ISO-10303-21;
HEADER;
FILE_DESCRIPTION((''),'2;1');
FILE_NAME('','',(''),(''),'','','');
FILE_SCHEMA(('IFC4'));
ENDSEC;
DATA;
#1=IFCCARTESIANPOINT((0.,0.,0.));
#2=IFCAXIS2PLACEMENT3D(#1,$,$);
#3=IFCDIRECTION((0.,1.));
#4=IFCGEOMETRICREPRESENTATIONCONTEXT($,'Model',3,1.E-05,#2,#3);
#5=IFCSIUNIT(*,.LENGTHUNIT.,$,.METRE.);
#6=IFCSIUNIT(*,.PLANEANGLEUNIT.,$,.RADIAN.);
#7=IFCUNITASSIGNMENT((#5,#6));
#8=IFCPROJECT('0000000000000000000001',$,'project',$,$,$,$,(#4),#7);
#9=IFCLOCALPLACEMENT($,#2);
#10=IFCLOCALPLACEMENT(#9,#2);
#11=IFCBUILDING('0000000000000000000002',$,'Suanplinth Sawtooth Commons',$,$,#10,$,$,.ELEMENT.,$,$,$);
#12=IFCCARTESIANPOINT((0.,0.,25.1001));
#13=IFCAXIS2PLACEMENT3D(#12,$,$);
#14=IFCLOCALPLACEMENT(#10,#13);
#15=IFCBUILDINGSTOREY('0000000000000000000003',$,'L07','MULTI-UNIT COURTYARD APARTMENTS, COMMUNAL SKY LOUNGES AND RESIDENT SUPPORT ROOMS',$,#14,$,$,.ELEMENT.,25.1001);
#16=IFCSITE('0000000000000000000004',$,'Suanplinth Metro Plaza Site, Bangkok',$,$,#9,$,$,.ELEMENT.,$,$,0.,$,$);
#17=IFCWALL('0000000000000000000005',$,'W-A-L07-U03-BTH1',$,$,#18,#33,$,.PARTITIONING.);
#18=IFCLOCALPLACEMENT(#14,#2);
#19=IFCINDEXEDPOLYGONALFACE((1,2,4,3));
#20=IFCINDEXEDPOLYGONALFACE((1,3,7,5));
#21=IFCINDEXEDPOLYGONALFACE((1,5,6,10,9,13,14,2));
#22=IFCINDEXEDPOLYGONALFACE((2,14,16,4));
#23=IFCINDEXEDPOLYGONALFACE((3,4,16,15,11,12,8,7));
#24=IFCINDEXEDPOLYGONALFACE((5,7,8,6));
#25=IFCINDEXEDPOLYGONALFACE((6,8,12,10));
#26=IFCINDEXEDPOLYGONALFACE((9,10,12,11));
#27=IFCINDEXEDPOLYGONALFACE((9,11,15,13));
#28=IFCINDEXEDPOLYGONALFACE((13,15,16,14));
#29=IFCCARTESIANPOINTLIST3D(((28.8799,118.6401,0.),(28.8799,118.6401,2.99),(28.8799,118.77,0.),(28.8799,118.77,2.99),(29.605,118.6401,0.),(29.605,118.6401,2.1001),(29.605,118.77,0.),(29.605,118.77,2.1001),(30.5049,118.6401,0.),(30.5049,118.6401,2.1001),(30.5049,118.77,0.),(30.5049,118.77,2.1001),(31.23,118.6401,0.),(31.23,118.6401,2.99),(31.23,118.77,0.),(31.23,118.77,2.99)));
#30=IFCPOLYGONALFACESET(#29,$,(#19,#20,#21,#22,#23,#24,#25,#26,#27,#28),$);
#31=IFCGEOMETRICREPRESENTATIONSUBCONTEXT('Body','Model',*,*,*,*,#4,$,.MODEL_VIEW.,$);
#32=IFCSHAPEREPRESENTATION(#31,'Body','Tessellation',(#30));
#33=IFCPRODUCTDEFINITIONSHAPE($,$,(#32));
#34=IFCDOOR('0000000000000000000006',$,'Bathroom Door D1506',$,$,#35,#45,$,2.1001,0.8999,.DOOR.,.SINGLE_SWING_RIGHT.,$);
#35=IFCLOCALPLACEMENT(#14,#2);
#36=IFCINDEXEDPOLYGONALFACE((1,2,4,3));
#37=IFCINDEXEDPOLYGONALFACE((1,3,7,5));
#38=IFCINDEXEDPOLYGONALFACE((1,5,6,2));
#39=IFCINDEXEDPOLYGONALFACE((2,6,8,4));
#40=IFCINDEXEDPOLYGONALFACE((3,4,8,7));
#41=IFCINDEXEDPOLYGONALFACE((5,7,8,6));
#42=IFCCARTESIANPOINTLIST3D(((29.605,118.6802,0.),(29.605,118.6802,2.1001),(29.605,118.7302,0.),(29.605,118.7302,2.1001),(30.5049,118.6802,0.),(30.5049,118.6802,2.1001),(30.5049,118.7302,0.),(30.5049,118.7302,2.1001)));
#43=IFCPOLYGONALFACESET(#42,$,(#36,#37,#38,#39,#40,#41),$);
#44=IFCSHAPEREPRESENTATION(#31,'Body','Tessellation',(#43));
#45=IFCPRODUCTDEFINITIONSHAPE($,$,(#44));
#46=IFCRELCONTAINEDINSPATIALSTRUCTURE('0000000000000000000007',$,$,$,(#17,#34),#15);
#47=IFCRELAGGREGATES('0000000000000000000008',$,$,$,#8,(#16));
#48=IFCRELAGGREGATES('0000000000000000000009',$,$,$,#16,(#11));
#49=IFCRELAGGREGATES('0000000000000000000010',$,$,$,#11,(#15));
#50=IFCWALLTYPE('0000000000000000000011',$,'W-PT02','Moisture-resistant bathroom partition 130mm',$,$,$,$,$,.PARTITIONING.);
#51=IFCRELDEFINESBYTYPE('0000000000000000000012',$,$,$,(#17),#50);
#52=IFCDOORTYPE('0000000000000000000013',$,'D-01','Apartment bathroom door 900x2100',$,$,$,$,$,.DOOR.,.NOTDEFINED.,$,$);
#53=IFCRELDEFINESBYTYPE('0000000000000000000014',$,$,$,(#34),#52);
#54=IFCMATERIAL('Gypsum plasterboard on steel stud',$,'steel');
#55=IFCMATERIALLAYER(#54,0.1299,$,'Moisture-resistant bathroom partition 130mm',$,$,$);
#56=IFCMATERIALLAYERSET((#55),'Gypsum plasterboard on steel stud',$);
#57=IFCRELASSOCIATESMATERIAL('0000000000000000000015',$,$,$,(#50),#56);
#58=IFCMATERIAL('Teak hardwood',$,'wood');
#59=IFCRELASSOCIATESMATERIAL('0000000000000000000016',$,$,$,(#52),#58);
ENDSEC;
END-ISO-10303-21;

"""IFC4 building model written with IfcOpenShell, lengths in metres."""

from ifc_helpers import new_model, si_unit, direction, frame, frame_2d, origin, place, context, subcontext, project, spatial, rectangle, extrude, material, layer, layer_set, type_object, element, fill, save


model = new_model("IFC4")

# Units and contexts
model_context = context("Model", 3, precision=1e-05, world=origin(), true_north=direction((0.0, 1.0)))
body_context = subcontext(model_context, "Body", "Model", "MODEL_VIEW")
ifc_project = project(units=[si_unit("LENGTHUNIT", "METRE"), si_unit("PLANEANGLEUNIT", "RADIAN")], contexts=[model_context])

# Site, building, storey
site_placement = place(None, origin())
site = spatial("IfcSite", under=ifc_project, at=site_placement, Name="Suanplinth Metro Plaza Site, Bangkok", CompositionType="ELEMENT", RefElevation=0.0)
building_placement = place(site_placement, origin())
building = spatial("IfcBuilding", under=site, at=building_placement, Name="Suanplinth Sawtooth Commons", CompositionType="ELEMENT")
storey_placement = place(building_placement, frame((0.0, 0.0, 25.1001)))
storey = spatial("IfcBuildingStorey", under=building, at=storey_placement, Name="L07", Description="MULTI-UNIT COURTYARD APARTMENTS, COMMUNAL SKY LOUNGES AND RESIDENT SUPPORT ROOMS", CompositionType="ELEMENT", Elevation=25.1001)

# Shared definitions
ifc_material_1 = material(Name="Teak hardwood", Category="wood")

# Wall, opening, door
ifc_material_2 = material(Name="Gypsum plasterboard on steel stud", Category="steel")
ifc_layer_1 = layer(ifc_material_2, 0.1299, Name="Moisture-resistant bathroom partition 130mm")
ifc_layer_set_1 = layer_set([ifc_layer_1], Name="Gypsum plasterboard on steel stud")
wall_type_1 = type_object("IfcWallType", Name="W-PT02", Description="Moisture-resistant bathroom partition 130mm", PredefinedType="PARTITIONING", material=ifc_layer_set_1)
wall_1_placement = place(storey_placement, frame((28.8799, 118.7051, 0.0), z_axis=(0.0, 0.0, 1.0), x_axis=(1.0, 0.0, 0.0)))
wall_1 = element("IfcWall", 1, at=wall_1_placement, inside=storey, type_object=wall_type_1, Name="W-A-L07-U03-BTH1", PredefinedType="PARTITIONING", context=body_context, shape_type="SweptSolid", body=[
    extrude(rectangle(XDim=2.3501, YDim=0.1299, at=frame_2d((1.175, 0.0))), origin(), (0.0, 0.0, 1.0), 2.99),
])
opening_1_placement = place(wall_1_placement, frame((0.7251, 0.0, 0.0)))
opening_1 = element("IfcOpeningElement", 2, at=opening_1_placement, cuts=wall_1, PredefinedType="OPENING", context=body_context, shape_type="SweptSolid", body=[
    extrude(rectangle(XDim=0.8999, YDim=2.1001, at=frame_2d((0.45, 1.05))), frame((0.0, 0.0798, 0.0), z_axis=(0.0, -1.0, 0.0), x_axis=(1.0, 0.0, 0.0)), (0.0, 0.0, 1.0), 0.1597),
])
door_type_1 = type_object("IfcDoorType", Name="D-01", Description="Apartment bathroom door 900x2100", OperationType="NOTDEFINED", PredefinedType="DOOR", material=ifc_material_1)
door_1_placement = place(opening_1_placement, frame((0.8999, 0.0, 0.0), z_axis=(0.0, 0.0, 1.0), x_axis=(-1.0, 0.0, 0.0)))
door_1 = element("IfcDoor", 3, at=door_1_placement, inside=storey, type_object=door_type_1, Name="Bathroom Door D1506", OperationType="SINGLE_SWING_RIGHT", OverallHeight=2.1001, OverallWidth=0.8999, PredefinedType="DOOR", context=body_context, shape_type="SweptSolid", body=[
    extrude(rectangle(XDim=0.8999, YDim=2.1001, at=frame_2d((0.45, 1.05))), frame((0.0, 0.0249, 0.0), z_axis=(0.0, -1.0, 0.0), x_axis=(1.0, 0.0, 0.0)), (0.0, 0.0, 1.0), 0.05),
])
fill(opening_1, door_1)

save(model, "model.ifc")
